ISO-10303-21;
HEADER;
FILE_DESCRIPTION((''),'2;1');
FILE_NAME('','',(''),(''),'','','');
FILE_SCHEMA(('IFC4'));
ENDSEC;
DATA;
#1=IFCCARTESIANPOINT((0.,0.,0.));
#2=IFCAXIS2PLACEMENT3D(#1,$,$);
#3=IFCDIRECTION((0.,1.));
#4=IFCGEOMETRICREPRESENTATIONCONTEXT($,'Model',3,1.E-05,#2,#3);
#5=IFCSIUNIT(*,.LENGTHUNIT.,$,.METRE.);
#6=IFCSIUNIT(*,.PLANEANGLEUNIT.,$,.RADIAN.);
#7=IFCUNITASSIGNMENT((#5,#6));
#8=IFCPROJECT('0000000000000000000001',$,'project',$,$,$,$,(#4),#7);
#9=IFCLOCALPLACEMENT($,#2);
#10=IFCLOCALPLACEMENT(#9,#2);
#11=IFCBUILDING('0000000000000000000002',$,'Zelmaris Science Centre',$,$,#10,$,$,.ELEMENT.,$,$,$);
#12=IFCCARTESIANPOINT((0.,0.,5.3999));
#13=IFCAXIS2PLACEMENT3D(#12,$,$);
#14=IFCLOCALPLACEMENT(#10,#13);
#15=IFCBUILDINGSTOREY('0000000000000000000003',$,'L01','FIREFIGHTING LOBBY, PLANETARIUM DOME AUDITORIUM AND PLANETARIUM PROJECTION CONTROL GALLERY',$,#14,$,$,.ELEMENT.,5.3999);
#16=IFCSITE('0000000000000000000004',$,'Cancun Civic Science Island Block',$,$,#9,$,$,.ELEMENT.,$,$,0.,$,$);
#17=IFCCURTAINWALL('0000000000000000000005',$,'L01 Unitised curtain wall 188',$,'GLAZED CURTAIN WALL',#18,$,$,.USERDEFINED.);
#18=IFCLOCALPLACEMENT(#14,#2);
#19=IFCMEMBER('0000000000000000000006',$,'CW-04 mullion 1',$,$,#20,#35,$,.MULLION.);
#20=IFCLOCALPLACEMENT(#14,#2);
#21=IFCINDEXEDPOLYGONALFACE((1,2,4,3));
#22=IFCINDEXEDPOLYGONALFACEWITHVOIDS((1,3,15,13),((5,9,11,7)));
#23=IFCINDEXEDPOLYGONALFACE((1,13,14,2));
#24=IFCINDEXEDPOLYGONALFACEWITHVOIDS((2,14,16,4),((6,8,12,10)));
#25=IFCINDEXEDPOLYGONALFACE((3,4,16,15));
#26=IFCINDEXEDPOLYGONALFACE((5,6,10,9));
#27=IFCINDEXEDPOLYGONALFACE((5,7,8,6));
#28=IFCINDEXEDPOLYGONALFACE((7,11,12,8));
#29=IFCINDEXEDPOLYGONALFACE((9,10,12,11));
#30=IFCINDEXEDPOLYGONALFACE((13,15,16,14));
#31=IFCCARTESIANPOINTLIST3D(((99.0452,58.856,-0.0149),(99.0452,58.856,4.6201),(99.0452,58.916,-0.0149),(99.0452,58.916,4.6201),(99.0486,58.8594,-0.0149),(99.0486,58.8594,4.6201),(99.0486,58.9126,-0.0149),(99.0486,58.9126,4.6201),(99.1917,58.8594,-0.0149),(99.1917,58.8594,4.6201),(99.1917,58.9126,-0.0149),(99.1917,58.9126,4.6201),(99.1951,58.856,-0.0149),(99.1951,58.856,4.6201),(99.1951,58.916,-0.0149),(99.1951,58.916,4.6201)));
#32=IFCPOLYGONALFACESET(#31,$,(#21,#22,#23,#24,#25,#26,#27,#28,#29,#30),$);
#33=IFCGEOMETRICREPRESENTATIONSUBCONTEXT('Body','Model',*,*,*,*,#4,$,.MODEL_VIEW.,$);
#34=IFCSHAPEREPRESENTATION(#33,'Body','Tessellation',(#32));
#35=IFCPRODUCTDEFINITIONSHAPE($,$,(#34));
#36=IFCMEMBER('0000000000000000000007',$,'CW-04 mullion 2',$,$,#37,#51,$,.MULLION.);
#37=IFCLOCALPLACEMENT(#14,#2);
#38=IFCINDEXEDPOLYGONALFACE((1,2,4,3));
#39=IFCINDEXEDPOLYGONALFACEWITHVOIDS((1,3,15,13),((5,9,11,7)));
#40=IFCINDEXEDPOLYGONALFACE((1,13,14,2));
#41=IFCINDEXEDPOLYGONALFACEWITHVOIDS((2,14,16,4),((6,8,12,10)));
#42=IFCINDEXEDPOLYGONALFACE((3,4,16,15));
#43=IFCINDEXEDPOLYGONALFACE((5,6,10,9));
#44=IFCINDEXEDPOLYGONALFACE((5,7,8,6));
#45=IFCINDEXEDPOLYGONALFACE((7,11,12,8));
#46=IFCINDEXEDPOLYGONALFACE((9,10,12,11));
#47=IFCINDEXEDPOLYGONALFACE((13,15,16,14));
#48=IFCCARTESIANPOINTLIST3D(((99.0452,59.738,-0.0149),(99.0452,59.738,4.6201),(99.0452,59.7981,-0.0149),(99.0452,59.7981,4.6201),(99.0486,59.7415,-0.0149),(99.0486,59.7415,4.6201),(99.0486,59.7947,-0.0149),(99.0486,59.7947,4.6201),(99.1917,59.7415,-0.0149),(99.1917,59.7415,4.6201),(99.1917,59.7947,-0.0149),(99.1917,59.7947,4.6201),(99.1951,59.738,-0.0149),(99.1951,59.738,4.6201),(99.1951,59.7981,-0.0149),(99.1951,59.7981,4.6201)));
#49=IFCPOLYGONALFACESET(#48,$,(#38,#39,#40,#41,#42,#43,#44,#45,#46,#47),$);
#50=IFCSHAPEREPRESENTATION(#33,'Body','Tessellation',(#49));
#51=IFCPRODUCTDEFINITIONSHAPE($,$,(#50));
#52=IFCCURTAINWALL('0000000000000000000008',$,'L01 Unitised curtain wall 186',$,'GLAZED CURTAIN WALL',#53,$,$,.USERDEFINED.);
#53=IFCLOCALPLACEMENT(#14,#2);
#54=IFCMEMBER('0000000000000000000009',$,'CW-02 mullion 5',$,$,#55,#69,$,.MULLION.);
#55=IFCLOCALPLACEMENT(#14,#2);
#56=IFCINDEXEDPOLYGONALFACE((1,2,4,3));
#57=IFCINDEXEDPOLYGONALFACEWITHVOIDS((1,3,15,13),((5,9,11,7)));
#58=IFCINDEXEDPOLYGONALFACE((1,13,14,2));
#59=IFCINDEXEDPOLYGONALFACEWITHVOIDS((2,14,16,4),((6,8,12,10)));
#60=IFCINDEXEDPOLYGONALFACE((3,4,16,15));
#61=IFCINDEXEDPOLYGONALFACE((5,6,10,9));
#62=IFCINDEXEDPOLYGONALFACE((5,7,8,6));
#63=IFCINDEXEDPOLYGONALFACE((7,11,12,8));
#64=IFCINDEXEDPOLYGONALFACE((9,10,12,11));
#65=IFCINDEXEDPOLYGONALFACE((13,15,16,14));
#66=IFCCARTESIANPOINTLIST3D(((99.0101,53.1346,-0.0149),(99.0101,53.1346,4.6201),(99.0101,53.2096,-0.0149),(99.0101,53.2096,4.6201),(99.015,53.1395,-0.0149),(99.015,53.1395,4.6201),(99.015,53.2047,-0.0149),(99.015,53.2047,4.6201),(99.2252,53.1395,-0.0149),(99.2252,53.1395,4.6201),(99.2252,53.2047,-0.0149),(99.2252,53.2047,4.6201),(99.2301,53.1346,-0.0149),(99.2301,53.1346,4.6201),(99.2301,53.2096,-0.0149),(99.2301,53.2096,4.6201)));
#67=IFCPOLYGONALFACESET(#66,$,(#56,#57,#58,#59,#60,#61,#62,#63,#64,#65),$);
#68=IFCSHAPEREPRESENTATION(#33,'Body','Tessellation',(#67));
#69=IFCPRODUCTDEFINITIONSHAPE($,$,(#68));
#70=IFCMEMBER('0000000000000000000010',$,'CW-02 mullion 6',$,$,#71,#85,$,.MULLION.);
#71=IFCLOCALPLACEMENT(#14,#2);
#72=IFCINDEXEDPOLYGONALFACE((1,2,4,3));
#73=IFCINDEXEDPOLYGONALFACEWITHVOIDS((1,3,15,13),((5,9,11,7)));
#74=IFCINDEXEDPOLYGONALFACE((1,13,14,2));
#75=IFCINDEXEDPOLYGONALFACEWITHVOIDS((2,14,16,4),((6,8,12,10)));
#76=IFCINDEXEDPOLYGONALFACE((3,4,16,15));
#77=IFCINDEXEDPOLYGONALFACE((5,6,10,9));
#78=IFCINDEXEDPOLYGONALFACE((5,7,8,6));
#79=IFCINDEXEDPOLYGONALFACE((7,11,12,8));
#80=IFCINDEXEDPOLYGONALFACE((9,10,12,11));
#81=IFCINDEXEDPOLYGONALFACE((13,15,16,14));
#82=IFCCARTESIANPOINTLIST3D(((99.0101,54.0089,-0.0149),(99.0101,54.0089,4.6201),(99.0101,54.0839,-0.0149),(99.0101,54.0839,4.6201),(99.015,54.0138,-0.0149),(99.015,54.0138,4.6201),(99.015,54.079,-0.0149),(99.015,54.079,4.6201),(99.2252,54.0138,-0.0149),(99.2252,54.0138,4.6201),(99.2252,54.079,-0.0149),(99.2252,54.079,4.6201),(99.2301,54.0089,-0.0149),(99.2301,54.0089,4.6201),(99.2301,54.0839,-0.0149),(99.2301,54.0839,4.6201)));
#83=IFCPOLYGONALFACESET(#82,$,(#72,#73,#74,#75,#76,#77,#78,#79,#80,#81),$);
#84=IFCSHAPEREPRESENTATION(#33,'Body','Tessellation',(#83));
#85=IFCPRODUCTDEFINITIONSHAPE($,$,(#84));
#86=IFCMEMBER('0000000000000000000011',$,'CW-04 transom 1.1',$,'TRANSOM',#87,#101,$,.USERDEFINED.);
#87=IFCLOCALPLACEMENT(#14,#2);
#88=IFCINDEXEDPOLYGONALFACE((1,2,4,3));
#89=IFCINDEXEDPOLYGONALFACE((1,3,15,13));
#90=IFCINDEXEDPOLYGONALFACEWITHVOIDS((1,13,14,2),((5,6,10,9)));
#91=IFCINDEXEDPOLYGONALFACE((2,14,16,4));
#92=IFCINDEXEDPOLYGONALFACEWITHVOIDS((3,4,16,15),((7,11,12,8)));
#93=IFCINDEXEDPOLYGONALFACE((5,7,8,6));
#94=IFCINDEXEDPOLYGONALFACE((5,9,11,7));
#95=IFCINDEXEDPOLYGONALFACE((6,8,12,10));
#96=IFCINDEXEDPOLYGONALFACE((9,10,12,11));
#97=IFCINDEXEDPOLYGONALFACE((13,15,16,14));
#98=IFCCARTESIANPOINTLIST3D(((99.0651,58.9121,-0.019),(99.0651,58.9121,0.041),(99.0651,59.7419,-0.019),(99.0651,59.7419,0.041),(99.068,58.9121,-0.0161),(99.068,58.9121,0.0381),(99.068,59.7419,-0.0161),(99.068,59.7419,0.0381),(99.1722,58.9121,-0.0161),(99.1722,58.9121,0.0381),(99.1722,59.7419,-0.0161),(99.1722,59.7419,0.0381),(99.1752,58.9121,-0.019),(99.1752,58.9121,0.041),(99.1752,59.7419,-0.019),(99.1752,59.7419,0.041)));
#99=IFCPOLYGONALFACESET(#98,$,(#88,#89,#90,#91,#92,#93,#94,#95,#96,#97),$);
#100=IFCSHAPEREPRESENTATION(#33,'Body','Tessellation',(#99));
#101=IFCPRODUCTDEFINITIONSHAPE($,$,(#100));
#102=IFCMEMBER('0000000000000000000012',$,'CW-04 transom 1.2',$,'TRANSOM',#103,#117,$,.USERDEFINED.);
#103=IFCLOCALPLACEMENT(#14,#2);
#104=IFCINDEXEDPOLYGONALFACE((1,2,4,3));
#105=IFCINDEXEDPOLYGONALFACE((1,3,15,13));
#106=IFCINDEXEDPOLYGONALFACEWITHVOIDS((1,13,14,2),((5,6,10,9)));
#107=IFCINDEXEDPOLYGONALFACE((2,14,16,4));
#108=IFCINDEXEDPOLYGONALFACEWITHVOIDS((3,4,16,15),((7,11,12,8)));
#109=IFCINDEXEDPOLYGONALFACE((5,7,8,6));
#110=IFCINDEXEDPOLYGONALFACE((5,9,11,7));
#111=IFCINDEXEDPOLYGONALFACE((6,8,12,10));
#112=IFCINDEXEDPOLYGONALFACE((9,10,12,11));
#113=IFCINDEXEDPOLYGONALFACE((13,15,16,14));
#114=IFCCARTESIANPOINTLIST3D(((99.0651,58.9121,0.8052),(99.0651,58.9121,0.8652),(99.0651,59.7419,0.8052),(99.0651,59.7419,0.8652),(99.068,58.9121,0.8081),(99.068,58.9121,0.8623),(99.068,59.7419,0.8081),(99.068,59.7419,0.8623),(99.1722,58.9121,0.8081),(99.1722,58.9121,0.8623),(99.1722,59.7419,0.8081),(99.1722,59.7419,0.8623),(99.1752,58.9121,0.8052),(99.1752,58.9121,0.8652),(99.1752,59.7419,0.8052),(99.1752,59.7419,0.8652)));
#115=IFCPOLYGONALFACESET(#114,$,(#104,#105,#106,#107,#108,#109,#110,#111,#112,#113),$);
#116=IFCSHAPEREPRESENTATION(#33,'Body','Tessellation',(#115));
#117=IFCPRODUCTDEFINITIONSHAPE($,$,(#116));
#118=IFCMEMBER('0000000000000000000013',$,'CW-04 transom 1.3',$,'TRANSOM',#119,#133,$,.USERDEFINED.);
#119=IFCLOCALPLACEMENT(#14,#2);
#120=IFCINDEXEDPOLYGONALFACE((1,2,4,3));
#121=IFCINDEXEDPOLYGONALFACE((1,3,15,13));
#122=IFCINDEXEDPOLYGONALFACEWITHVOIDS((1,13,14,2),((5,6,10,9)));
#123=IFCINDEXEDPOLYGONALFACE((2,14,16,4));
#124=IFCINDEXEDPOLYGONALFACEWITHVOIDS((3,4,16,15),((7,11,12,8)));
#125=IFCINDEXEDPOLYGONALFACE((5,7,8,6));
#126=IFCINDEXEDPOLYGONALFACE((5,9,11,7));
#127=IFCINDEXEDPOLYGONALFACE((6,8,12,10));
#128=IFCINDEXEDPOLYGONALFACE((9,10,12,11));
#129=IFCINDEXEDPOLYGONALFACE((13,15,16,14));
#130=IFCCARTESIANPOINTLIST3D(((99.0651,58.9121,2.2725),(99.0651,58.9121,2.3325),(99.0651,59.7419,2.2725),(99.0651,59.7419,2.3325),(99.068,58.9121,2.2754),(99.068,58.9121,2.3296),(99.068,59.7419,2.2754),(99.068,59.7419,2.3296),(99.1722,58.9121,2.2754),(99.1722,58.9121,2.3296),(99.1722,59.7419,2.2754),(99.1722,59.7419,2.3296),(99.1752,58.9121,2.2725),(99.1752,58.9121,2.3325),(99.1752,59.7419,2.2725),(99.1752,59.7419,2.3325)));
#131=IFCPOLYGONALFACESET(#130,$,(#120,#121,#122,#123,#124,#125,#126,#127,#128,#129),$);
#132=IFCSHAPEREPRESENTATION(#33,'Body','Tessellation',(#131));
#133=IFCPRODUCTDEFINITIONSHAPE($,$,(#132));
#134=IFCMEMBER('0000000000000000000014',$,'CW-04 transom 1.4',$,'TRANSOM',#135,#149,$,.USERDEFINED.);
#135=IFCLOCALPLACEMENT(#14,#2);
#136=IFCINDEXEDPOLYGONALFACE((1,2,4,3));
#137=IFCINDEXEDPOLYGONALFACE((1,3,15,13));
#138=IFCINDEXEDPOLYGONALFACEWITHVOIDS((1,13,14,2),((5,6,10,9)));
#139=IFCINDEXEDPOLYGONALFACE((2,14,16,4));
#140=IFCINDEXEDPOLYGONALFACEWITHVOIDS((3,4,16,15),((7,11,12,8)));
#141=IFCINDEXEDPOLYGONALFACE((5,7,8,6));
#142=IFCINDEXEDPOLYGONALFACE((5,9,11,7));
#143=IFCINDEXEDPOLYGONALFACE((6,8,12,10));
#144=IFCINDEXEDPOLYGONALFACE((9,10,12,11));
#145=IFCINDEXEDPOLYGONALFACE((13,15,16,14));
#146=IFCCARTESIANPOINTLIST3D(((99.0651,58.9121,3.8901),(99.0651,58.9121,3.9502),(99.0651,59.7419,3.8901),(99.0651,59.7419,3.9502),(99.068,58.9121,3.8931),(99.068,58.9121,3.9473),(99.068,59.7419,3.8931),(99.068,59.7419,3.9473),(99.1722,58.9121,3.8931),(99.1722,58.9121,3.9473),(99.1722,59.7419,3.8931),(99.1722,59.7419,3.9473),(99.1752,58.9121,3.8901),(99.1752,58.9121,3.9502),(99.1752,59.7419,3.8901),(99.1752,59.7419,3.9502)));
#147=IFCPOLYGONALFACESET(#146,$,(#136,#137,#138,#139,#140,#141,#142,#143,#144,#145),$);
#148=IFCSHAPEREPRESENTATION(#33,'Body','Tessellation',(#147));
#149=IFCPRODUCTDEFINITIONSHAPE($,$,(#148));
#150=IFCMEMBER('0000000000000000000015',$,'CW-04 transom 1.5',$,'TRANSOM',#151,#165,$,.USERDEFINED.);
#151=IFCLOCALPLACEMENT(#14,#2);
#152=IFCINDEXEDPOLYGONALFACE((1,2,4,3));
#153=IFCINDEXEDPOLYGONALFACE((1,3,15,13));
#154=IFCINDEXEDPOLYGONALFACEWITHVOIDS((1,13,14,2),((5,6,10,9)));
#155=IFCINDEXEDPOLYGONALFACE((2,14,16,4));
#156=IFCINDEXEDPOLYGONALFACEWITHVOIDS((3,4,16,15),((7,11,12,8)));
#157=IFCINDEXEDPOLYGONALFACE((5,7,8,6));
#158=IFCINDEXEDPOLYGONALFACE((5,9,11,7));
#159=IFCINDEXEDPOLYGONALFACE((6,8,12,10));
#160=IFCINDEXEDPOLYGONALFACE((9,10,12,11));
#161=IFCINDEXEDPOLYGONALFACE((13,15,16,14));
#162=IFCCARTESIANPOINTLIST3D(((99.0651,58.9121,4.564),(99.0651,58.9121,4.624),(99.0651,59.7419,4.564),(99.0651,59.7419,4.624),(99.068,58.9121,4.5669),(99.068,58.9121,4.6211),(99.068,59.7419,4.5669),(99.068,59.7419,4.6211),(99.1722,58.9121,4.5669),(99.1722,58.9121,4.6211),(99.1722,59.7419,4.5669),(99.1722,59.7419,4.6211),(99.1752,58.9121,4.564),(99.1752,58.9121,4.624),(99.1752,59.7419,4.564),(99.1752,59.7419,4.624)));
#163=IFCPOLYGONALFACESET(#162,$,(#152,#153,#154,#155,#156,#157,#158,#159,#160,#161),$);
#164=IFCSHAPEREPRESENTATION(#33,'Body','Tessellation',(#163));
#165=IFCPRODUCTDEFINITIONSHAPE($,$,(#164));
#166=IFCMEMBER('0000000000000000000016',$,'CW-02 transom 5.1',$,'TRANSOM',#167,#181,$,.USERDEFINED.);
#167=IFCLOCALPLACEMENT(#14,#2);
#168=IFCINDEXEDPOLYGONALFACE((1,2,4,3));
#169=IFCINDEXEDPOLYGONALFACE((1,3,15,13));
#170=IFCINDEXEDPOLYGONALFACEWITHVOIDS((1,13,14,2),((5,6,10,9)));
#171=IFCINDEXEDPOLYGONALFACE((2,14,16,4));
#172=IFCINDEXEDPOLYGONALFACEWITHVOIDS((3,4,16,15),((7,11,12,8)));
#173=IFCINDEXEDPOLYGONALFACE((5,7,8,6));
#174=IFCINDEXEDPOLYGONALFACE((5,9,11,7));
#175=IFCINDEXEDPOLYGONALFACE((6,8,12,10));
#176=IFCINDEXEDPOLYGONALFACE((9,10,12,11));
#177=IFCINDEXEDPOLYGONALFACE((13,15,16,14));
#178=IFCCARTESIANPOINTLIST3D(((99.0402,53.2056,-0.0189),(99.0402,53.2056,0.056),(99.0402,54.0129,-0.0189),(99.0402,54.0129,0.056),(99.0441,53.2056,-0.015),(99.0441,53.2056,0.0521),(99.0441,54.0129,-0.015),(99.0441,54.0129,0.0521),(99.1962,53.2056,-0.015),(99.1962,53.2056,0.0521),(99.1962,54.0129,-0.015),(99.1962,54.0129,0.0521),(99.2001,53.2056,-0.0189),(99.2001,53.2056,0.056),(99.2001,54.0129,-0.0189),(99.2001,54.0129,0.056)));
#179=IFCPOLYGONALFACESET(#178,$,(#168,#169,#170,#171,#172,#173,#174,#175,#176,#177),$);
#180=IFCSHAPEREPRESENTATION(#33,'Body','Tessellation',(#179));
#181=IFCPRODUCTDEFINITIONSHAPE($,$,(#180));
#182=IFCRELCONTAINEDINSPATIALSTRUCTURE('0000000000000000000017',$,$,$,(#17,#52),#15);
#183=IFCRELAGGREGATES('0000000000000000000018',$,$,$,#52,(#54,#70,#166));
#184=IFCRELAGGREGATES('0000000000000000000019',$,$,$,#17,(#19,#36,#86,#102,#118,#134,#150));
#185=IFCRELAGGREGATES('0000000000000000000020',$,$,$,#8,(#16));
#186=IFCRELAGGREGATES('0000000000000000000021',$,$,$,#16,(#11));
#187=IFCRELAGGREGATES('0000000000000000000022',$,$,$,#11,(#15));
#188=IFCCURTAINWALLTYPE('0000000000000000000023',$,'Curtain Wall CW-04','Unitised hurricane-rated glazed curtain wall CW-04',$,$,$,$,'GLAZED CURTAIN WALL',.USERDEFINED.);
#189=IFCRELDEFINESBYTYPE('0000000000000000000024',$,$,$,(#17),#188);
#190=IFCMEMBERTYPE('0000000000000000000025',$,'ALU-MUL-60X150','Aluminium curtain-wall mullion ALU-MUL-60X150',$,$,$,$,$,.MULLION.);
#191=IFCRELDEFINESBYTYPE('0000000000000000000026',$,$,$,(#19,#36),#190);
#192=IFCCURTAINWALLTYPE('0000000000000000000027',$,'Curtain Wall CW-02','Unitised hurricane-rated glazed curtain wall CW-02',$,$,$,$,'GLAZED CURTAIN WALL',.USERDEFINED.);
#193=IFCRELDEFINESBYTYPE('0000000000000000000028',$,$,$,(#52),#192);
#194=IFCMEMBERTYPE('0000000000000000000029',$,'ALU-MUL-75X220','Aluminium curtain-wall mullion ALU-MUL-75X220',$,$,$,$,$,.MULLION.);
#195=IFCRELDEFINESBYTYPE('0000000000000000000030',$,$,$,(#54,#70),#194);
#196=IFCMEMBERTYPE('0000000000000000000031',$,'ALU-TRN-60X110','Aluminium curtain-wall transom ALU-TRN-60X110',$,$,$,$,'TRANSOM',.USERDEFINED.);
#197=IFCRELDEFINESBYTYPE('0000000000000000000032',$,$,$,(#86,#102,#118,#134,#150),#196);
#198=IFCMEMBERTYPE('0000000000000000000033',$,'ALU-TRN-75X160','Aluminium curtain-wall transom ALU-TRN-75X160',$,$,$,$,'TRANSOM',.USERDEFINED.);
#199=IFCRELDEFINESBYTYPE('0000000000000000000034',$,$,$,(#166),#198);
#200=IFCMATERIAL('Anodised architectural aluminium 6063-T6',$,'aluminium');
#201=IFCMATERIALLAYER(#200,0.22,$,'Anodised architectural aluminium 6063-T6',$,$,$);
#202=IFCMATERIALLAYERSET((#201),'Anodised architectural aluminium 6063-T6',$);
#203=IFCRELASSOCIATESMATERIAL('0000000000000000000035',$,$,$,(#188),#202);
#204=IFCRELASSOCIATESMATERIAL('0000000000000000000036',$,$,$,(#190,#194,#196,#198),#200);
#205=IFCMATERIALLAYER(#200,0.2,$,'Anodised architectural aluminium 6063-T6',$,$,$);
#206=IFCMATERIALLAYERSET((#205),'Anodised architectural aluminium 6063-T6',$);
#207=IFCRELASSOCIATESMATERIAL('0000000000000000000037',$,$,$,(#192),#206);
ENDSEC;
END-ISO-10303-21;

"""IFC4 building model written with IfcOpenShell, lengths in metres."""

from ifc_helpers import new_model, si_unit, direction, frame, origin, origin_2d, place, context, subcontext, project, spatial, hollow_rectangle, extrude, material, layer, layer_set, material_profile, profile_set, type_object, element, aggregate, save


model = new_model("IFC4")

# Units and contexts
model_context = context("Model", 3, precision=1e-05, world=origin(), true_north=direction((0.0, 1.0)))
body_context = subcontext(model_context, "Body", "Model", "MODEL_VIEW")
ifc_project = project(units=[si_unit("LENGTHUNIT", "METRE"), si_unit("PLANEANGLEUNIT", "RADIAN")], contexts=[model_context])

# Site, building, storey
site_placement = place(None, origin())
site = spatial("IfcSite", under=ifc_project, at=site_placement, Name="Cancun Civic Science Island Block", CompositionType="ELEMENT", RefElevation=0.0)
building_placement = place(site_placement, origin())
building = spatial("IfcBuilding", under=site, at=building_placement, Name="Zelmaris Science Centre", CompositionType="ELEMENT")
storey_placement = place(building_placement, frame((0.0, 0.0, 5.3999)))
storey = spatial("IfcBuildingStorey", under=building, at=storey_placement, Name="L01", Description="FIREFIGHTING LOBBY, PLANETARIUM DOME AUDITORIUM AND PLANETARIUM PROJECTION CONTROL GALLERY", CompositionType="ELEMENT", Elevation=5.3999)

# Curtain walls, members
ifc_material_1 = material(Name="Anodised architectural aluminium 6063-T6", Category="aluminium")
ifc_layer_1 = layer(ifc_material_1, 0.22, Name="Anodised architectural aluminium 6063-T6")
ifc_layer_set_1 = layer_set([ifc_layer_1], Name="Anodised architectural aluminium 6063-T6")
curtain_wall_type_1 = type_object("IfcCurtainWallType", Name="Curtain Wall CW-04", Description="Unitised hurricane-rated glazed curtain wall CW-04", ElementType="GLAZED CURTAIN WALL", PredefinedType="USERDEFINED", material=ifc_layer_set_1)
curtain_wall_1_placement = place(storey_placement, origin())
curtain_wall_1 = element("IfcCurtainWall", 1, at=curtain_wall_1_placement, inside=storey, type_object=curtain_wall_type_1, Name="L01 Unitised curtain wall 188", ObjectType="GLAZED CURTAIN WALL", PredefinedType="USERDEFINED")
ifc_material_profile_1 = material_profile(ifc_material_1, hollow_rectangle(XDim=0.0601, YDim=0.1499, WallThickness=0.0034, at=origin_2d()), Name="ALU-MUL-60X150")
ifc_profile_set_1 = profile_set([ifc_material_profile_1], Name="Anodised architectural aluminium 6063-T6")
member_type_1 = type_object("IfcMemberType", Name="ALU-MUL-60X150", Description="Aluminium curtain-wall mullion ALU-MUL-60X150", PredefinedType="MULLION", material=ifc_profile_set_1)
member_1_placement = place(storey_placement, frame((99.1201, 58.886, -0.0149), z_axis=(0.0, 0.0, 1.0), x_axis=(-0.000005, 1.0, 0.0)))
member_1 = element("IfcMember", 2, at=member_1_placement, type_object=member_type_1, Name="CW-04 mullion 1", PredefinedType="MULLION", context=body_context, shape_type="SweptSolid", body=[
    extrude(hollow_rectangle(XDim=0.0601, YDim=0.1499, WallThickness=0.0034, at=origin_2d()), origin(), (0.0, 0.0, 1.0), 4.635),
])
member_2_placement = place(storey_placement, frame((99.1201, 59.7681, -0.0149), z_axis=(0.0, 0.0, 1.0), x_axis=(-0.000005, 1.0, 0.0)))
member_2 = element("IfcMember", 3, at=member_2_placement, type_object=member_type_1, Name="CW-04 mullion 2", PredefinedType="MULLION", context=body_context, shape_type="SweptSolid", body=[
    extrude(hollow_rectangle(XDim=0.0601, YDim=0.1499, WallThickness=0.0034, at=origin_2d()), origin(), (0.0, 0.0, 1.0), 4.635),
])
ifc_layer_2 = layer(ifc_material_1, 0.2, Name="Anodised architectural aluminium 6063-T6")
ifc_layer_set_2 = layer_set([ifc_layer_2], Name="Anodised architectural aluminium 6063-T6")
curtain_wall_type_2 = type_object("IfcCurtainWallType", Name="Curtain Wall CW-02", Description="Unitised hurricane-rated glazed curtain wall CW-02", ElementType="GLAZED CURTAIN WALL", PredefinedType="USERDEFINED", material=ifc_layer_set_2)
curtain_wall_2_placement = place(storey_placement, origin())
curtain_wall_2 = element("IfcCurtainWall", 4, at=curtain_wall_2_placement, inside=storey, type_object=curtain_wall_type_2, Name="L01 Unitised curtain wall 186", ObjectType="GLAZED CURTAIN WALL", PredefinedType="USERDEFINED")
ifc_material_profile_2 = material_profile(ifc_material_1, hollow_rectangle(XDim=0.075, YDim=0.22, WallThickness=0.0049, at=origin_2d()), Name="ALU-MUL-75X220")
ifc_profile_set_2 = profile_set([ifc_material_profile_2], Name="Anodised architectural aluminium 6063-T6")
member_type_2 = type_object("IfcMemberType", Name="ALU-MUL-75X220", Description="Aluminium curtain-wall mullion ALU-MUL-75X220", PredefinedType="MULLION", material=ifc_profile_set_2)
member_3_placement = place(storey_placement, frame((99.1201, 53.1721, -0.0149), z_axis=(0.0, 0.0, 1.0), x_axis=(-0.000005, 1.0, 0.0)))
member_3 = element("IfcMember", 5, at=member_3_placement, type_object=member_type_2, Name="CW-02 mullion 5", PredefinedType="MULLION", context=body_context, shape_type="SweptSolid", body=[
    extrude(hollow_rectangle(XDim=0.075, YDim=0.22, WallThickness=0.0049, at=origin_2d()), origin(), (0.0, 0.0, 1.0), 4.635),
])
member_4_placement = place(storey_placement, frame((99.1201, 54.0464, -0.0149), z_axis=(0.0, 0.0, 1.0), x_axis=(-0.000005, 1.0, 0.0)))
member_4 = element("IfcMember", 6, at=member_4_placement, type_object=member_type_2, Name="CW-02 mullion 6", PredefinedType="MULLION", context=body_context, shape_type="SweptSolid", body=[
    extrude(hollow_rectangle(XDim=0.075, YDim=0.22, WallThickness=0.0049, at=origin_2d()), origin(), (0.0, 0.0, 1.0), 4.635),
])

# Members
ifc_material_profile_3 = material_profile(ifc_material_1, hollow_rectangle(XDim=0.0601, YDim=0.1101, WallThickness=0.0029, at=origin_2d()), Name="ALU-TRN-60X110")
ifc_profile_set_3 = profile_set([ifc_material_profile_3], Name="Anodised architectural aluminium 6063-T6")
member_type_3 = type_object("IfcMemberType", Name="ALU-TRN-60X110", Description="Aluminium curtain-wall transom ALU-TRN-60X110", ElementType="TRANSOM", PredefinedType="USERDEFINED", material=ifc_profile_set_3)
member_5_placement = place(storey_placement, frame((99.1201, 58.9121, 0.011), z_axis=(0.0, 1.0, 0.0), x_axis=(0.0, 0.0, 1.0)))
member_5 = element("IfcMember", 7, at=member_5_placement, type_object=member_type_3, Name="CW-04 transom 1.1", ObjectType="TRANSOM", PredefinedType="USERDEFINED", context=body_context, shape_type="SweptSolid", body=[
    extrude(hollow_rectangle(XDim=0.0601, YDim=0.1101, WallThickness=0.0029, at=origin_2d()), origin(), (0.0, 0.0, 1.0), 0.8298),
])
member_6_placement = place(storey_placement, frame((99.1201, 58.9121, 0.8352), z_axis=(0.0, 1.0, 0.0), x_axis=(0.0, 0.0, 1.0)))
member_6 = element("IfcMember", 8, at=member_6_placement, type_object=member_type_3, Name="CW-04 transom 1.2", ObjectType="TRANSOM", PredefinedType="USERDEFINED", context=body_context, shape_type="SweptSolid", body=[
    extrude(hollow_rectangle(XDim=0.0601, YDim=0.1101, WallThickness=0.0029, at=origin_2d()), origin(), (0.0, 0.0, 1.0), 0.8298),
])
member_7_placement = place(storey_placement, frame((99.1201, 58.9121, 2.3025), z_axis=(0.0, 1.0, 0.0), x_axis=(0.0, 0.0, 1.0)))
member_7 = element("IfcMember", 9, at=member_7_placement, type_object=member_type_3, Name="CW-04 transom 1.3", ObjectType="TRANSOM", PredefinedType="USERDEFINED", context=body_context, shape_type="SweptSolid", body=[
    extrude(hollow_rectangle(XDim=0.0601, YDim=0.1101, WallThickness=0.0029, at=origin_2d()), origin(), (0.0, 0.0, 1.0), 0.8298),
])
member_8_placement = place(storey_placement, frame((99.1201, 58.9121, 3.9202), z_axis=(0.0, 1.0, 0.0), x_axis=(0.0, 0.0, 1.0)))
member_8 = element("IfcMember", 10, at=member_8_placement, type_object=member_type_3, Name="CW-04 transom 1.4", ObjectType="TRANSOM", PredefinedType="USERDEFINED", context=body_context, shape_type="SweptSolid", body=[
    extrude(hollow_rectangle(XDim=0.0601, YDim=0.1101, WallThickness=0.0029, at=origin_2d()), origin(), (0.0, 0.0, 1.0), 0.8298),
])
member_9_placement = place(storey_placement, frame((99.1201, 58.9121, 4.594), z_axis=(0.0, 1.0, 0.0), x_axis=(0.0, 0.0, 1.0)))
member_9 = element("IfcMember", 11, at=member_9_placement, type_object=member_type_3, Name="CW-04 transom 1.5", ObjectType="TRANSOM", PredefinedType="USERDEFINED", context=body_context, shape_type="SweptSolid", body=[
    extrude(hollow_rectangle(XDim=0.0601, YDim=0.1101, WallThickness=0.0029, at=origin_2d()), origin(), (0.0, 0.0, 1.0), 0.8298),
])
ifc_material_profile_4 = material_profile(ifc_material_1, hollow_rectangle(XDim=0.075, YDim=0.1599, WallThickness=0.0039, at=origin_2d()), Name="ALU-TRN-75X160")
ifc_profile_set_4 = profile_set([ifc_material_profile_4], Name="Anodised architectural aluminium 6063-T6")
member_type_4 = type_object("IfcMemberType", Name="ALU-TRN-75X160", Description="Aluminium curtain-wall transom ALU-TRN-75X160", ElementType="TRANSOM", PredefinedType="USERDEFINED", material=ifc_profile_set_4)
member_10_placement = place(storey_placement, frame((99.1201, 53.2056, 0.0186), z_axis=(0.0, 1.0, 0.0), x_axis=(0.0, 0.0, 1.0)))
member_10 = element("IfcMember", 12, at=member_10_placement, type_object=member_type_4, Name="CW-02 transom 5.1", ObjectType="TRANSOM", PredefinedType="USERDEFINED", context=body_context, shape_type="SweptSolid", body=[
    extrude(hollow_rectangle(XDim=0.075, YDim=0.1599, WallThickness=0.0039, at=origin_2d()), origin(), (0.0, 0.0, 1.0), 0.8074),
])

aggregate(curtain_wall_2, [member_3, member_4, member_10])
aggregate(curtain_wall_1, [member_1, member_2, member_5, member_6, member_7, member_8, member_9])

save(model, "model.ifc")
